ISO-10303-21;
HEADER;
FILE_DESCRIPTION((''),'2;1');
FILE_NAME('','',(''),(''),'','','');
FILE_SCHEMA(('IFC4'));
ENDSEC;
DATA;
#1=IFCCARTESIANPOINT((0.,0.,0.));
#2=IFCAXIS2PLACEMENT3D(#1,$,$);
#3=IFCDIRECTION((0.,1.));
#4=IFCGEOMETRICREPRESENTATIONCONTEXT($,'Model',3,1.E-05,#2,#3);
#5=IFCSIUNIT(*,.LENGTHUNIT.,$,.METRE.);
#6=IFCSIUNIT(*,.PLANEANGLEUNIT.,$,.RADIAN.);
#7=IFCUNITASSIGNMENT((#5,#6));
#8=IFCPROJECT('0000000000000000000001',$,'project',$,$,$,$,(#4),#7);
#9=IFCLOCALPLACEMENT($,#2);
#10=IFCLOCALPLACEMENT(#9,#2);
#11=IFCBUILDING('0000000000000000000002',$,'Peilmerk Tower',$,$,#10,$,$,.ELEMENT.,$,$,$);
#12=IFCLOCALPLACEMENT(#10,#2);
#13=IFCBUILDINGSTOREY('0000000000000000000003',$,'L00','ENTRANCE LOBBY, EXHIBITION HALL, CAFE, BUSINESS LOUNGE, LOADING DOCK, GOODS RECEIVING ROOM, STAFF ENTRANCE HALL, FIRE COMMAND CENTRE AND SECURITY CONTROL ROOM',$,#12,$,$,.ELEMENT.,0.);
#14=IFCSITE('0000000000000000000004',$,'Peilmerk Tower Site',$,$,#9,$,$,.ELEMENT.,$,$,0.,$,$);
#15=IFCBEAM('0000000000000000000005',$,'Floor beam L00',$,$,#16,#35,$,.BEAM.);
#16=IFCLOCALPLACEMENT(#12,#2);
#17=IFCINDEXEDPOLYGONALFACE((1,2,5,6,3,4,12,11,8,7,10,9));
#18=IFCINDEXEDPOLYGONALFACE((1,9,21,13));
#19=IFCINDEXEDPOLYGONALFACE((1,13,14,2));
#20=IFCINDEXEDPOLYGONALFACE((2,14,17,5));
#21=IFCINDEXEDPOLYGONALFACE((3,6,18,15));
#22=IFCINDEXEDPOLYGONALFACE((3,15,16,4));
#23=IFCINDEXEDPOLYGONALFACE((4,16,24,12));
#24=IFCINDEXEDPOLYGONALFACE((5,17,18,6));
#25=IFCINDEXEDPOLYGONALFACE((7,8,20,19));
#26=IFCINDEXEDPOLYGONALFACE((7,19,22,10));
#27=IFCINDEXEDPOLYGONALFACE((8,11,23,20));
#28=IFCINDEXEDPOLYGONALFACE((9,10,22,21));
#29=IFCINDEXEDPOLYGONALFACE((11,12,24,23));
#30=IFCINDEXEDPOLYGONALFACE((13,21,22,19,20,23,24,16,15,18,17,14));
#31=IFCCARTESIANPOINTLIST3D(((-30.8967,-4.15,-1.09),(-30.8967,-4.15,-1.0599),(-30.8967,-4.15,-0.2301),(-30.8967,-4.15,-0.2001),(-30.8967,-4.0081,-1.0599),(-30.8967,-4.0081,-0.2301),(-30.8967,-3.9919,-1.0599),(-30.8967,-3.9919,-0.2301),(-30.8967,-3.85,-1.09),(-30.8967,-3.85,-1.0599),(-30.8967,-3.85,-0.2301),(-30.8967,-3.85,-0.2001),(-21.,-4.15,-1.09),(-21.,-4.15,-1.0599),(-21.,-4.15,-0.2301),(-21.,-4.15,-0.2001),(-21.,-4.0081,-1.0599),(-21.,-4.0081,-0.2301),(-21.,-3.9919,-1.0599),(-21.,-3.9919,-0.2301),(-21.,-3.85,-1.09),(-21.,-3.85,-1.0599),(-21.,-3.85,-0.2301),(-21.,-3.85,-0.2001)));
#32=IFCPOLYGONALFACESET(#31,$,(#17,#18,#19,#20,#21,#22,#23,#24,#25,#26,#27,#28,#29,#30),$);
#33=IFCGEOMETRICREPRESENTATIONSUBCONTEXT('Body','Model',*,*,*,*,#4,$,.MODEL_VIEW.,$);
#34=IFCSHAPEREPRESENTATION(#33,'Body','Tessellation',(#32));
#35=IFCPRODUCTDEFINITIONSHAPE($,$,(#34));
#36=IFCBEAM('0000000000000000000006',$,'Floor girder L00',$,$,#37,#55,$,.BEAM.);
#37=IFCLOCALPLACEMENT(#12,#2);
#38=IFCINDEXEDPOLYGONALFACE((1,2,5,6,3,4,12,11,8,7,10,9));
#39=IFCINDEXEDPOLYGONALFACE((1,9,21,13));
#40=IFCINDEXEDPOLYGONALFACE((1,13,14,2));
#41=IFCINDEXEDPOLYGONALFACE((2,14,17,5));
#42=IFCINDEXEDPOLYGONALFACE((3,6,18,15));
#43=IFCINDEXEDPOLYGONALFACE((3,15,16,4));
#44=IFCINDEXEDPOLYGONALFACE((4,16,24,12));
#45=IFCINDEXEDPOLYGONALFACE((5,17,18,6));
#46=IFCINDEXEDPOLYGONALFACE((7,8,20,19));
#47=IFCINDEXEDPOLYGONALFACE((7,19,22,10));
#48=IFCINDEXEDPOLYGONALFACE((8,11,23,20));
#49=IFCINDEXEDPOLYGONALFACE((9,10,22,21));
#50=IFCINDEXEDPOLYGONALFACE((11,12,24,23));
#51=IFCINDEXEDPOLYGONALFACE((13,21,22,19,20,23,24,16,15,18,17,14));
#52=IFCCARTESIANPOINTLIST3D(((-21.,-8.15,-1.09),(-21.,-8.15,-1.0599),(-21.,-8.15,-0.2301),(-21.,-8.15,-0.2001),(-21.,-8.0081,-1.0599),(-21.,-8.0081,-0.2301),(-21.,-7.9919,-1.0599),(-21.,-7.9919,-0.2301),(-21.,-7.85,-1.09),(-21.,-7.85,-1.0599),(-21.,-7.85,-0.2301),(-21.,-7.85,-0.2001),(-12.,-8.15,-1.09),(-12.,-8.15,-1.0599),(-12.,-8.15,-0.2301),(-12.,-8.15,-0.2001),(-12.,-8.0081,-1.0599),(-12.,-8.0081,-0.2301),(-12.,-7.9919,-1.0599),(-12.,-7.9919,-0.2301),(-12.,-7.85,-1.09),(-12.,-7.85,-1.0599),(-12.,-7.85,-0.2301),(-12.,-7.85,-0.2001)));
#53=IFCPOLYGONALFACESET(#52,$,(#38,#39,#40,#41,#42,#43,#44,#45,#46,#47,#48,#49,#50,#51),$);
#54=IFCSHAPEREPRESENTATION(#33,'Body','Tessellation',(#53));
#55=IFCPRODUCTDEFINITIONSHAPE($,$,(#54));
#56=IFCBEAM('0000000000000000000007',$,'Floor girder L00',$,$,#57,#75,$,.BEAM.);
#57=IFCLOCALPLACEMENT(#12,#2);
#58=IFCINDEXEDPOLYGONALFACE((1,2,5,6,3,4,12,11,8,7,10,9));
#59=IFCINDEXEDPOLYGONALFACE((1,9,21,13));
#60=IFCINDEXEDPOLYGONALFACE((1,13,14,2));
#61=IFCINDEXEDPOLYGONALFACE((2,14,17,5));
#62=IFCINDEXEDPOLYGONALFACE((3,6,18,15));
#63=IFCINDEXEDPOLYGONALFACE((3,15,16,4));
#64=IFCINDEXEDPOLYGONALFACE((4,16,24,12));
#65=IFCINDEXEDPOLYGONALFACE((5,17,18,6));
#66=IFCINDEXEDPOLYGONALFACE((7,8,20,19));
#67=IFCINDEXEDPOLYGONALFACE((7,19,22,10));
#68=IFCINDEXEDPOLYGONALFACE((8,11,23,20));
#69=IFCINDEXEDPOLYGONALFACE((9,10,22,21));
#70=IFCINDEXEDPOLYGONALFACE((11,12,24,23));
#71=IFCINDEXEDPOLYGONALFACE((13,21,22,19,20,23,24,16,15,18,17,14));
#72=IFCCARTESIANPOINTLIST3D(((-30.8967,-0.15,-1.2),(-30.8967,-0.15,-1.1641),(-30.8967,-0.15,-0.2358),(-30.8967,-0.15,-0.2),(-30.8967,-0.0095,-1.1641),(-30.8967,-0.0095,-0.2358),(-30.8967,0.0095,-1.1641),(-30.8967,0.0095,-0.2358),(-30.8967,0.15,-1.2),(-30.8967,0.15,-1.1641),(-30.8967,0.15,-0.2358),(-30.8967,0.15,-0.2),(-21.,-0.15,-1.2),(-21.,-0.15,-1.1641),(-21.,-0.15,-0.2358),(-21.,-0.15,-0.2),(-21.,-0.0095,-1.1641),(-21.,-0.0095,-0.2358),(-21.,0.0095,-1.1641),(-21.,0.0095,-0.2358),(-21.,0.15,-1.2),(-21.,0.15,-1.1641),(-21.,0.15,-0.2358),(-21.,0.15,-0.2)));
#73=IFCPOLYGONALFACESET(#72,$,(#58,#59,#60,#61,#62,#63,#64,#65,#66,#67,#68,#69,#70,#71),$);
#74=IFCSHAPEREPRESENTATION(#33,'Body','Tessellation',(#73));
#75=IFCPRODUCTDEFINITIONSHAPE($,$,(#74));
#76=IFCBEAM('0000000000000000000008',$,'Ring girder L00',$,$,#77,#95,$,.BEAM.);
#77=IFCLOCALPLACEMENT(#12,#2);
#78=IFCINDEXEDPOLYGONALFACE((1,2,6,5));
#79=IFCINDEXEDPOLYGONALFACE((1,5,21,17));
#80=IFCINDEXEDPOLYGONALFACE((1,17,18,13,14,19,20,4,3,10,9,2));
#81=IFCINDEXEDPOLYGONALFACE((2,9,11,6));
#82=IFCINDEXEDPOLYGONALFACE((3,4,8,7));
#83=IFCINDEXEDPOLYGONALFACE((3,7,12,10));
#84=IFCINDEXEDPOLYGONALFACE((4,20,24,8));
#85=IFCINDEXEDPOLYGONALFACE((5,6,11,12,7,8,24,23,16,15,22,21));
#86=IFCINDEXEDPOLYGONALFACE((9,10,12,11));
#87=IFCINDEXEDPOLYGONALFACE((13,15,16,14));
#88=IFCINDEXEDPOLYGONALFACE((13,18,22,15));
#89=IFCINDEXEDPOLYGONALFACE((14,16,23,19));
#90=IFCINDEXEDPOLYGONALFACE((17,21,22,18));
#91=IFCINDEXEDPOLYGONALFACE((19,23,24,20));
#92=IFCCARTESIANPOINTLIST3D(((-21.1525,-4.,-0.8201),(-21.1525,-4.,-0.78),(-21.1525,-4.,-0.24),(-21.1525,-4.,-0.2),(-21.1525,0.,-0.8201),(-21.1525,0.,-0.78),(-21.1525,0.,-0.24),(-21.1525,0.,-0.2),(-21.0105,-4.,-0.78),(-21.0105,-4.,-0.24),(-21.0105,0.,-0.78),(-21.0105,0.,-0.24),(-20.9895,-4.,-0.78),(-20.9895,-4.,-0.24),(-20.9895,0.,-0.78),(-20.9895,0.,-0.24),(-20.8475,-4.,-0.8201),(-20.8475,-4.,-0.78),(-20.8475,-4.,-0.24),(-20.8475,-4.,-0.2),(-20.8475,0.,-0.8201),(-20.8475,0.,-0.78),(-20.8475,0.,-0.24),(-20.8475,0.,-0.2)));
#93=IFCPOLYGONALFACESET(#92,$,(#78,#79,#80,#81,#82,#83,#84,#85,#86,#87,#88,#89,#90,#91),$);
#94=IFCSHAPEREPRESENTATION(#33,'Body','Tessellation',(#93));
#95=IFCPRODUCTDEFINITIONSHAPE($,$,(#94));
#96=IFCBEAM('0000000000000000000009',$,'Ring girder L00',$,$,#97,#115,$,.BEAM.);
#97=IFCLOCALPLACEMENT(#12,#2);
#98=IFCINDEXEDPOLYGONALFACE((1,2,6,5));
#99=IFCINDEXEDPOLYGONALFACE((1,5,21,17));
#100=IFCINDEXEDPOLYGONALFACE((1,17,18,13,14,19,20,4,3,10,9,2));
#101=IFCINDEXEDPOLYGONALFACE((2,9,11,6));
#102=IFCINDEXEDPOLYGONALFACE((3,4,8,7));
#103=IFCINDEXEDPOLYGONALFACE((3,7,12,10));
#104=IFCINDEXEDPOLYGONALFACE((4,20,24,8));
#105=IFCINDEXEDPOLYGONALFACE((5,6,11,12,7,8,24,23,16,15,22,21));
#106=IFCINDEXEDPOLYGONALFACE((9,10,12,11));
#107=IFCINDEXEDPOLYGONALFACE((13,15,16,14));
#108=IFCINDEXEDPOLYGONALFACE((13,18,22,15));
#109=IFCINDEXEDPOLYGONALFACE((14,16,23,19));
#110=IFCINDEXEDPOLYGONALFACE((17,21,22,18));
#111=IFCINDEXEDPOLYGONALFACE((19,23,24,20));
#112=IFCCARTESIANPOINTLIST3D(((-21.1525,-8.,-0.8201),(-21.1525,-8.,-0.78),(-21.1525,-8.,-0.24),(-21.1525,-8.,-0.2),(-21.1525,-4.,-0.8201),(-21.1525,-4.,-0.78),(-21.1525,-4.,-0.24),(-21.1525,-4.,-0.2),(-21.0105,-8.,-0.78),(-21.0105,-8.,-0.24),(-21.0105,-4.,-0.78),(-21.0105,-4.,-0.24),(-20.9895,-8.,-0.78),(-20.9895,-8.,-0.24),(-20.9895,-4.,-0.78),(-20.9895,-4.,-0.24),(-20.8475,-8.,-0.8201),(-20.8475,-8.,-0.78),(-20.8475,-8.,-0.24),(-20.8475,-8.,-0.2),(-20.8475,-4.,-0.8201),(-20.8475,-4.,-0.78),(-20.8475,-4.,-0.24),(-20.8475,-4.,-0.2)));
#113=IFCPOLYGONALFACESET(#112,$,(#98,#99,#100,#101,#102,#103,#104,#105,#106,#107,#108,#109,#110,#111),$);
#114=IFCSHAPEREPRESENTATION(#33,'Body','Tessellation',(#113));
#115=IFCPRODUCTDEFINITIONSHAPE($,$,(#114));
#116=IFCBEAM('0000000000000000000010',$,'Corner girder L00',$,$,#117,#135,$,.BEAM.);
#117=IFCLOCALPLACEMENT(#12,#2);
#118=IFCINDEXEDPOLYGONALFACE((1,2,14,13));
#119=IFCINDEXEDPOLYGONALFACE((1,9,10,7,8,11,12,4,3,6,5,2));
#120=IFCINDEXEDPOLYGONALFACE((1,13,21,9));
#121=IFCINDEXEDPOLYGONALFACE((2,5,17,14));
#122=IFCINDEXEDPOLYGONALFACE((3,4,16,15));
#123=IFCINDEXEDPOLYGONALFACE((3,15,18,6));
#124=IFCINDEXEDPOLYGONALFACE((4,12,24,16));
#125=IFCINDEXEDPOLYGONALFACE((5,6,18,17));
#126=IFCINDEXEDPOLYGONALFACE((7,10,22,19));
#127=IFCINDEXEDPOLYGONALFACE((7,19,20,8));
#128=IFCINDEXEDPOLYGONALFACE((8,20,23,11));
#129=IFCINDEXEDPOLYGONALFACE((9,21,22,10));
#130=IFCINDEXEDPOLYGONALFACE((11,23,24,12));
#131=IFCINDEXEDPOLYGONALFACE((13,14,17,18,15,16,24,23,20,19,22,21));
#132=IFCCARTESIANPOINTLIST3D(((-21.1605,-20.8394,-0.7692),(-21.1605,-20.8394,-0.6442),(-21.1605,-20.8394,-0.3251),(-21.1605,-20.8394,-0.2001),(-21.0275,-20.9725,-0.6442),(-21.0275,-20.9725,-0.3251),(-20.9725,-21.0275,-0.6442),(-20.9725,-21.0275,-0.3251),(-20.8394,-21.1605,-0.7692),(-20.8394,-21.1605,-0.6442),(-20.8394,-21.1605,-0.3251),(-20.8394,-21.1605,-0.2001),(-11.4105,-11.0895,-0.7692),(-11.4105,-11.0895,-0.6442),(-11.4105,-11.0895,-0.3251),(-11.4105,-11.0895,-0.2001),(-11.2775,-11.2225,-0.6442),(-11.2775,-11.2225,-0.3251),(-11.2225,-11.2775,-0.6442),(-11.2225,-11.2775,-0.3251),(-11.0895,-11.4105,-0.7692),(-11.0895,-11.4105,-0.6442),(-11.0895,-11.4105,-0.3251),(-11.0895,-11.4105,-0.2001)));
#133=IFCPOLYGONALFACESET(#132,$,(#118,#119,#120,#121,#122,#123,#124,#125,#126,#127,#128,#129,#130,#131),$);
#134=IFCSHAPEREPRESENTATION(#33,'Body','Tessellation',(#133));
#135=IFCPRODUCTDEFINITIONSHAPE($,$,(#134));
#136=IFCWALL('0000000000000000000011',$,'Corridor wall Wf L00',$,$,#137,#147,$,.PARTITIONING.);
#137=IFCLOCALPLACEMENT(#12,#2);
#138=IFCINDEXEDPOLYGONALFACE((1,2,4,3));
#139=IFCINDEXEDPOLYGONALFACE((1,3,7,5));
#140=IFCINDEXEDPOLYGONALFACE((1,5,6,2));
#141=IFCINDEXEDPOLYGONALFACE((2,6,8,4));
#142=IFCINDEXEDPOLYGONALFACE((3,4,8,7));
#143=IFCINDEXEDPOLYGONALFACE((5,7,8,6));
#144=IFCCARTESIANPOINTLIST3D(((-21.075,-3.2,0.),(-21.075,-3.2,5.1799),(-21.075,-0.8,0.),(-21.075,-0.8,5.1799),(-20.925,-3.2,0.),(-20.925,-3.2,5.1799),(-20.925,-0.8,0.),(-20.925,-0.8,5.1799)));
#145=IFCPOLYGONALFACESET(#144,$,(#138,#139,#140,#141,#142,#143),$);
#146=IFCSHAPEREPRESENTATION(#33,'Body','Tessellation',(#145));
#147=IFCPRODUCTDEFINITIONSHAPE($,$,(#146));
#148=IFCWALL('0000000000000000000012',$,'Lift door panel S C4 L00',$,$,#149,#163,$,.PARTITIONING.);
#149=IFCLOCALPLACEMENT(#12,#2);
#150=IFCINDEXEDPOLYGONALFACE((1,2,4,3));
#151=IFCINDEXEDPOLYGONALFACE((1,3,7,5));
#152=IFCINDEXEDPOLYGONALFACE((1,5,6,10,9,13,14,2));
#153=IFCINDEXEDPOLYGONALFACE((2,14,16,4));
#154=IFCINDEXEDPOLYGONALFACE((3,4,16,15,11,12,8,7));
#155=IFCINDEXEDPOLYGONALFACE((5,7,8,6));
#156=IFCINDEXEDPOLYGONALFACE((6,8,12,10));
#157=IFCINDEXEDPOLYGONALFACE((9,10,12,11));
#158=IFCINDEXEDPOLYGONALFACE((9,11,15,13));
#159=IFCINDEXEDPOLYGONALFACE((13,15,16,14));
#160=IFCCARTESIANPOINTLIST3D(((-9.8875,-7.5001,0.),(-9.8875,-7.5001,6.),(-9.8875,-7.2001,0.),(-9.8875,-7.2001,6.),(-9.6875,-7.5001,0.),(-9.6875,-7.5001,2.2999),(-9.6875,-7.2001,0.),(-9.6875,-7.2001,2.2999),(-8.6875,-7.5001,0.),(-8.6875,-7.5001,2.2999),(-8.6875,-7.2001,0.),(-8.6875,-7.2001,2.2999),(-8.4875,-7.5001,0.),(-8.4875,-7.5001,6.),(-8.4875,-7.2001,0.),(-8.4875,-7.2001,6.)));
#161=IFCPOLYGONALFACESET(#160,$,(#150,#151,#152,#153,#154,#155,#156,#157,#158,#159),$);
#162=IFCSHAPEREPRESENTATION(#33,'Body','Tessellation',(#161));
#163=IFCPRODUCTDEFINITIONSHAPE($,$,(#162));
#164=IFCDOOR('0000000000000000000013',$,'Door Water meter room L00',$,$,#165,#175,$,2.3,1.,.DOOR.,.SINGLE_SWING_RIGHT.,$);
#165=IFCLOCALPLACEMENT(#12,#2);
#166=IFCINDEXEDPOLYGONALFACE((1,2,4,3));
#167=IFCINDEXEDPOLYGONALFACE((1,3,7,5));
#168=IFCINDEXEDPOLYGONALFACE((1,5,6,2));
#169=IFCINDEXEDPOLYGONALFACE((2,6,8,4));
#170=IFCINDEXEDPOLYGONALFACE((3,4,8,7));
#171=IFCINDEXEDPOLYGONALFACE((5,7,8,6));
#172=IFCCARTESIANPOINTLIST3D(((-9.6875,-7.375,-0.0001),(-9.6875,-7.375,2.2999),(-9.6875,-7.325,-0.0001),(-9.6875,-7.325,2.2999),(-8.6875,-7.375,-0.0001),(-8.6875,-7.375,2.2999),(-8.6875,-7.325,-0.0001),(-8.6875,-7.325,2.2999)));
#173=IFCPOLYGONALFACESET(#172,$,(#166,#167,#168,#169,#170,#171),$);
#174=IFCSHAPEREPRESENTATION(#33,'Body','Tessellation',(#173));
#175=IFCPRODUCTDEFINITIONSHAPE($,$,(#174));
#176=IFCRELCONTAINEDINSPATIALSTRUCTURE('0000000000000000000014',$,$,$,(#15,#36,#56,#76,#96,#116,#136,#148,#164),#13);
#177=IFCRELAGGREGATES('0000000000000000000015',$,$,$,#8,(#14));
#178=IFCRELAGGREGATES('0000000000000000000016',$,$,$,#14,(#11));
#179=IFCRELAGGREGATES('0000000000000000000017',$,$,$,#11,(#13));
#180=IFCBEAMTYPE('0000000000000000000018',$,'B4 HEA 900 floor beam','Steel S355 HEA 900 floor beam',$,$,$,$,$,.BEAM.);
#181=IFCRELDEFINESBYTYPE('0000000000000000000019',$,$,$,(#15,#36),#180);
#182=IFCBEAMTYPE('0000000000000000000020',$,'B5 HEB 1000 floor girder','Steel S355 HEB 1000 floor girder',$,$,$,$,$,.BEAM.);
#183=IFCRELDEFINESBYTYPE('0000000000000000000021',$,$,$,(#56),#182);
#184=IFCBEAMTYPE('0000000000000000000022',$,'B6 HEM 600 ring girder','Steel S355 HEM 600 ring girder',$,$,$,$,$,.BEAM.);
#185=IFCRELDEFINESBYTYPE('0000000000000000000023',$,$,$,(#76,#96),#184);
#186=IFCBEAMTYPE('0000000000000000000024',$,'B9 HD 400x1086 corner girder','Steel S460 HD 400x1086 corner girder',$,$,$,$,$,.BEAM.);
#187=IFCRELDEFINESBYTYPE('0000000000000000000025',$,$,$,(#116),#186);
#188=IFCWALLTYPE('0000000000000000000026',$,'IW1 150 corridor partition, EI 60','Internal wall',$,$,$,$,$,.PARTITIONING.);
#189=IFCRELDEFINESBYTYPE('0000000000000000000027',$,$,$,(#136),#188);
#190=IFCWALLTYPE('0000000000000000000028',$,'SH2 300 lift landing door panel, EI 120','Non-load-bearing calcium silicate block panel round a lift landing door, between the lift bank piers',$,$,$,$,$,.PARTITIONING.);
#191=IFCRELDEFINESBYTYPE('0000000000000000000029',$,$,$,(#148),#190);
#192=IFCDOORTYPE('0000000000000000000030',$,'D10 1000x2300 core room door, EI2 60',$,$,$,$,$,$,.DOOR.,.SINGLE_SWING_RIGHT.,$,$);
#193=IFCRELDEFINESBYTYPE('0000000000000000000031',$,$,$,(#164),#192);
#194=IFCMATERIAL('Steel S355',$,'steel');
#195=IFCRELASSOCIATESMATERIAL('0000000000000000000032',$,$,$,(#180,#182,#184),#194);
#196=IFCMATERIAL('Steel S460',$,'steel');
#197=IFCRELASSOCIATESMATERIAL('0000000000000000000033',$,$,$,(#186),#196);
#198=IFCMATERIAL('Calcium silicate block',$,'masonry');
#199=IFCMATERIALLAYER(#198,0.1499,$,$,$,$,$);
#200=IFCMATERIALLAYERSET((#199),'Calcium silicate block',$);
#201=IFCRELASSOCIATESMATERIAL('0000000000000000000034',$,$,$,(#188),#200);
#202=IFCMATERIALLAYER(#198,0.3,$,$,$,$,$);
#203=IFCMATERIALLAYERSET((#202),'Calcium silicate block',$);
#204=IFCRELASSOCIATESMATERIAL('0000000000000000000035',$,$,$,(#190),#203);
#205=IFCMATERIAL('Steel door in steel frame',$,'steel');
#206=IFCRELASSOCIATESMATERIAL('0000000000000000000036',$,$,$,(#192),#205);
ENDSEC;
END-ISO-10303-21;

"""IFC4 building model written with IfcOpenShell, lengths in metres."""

from ifc_helpers import new_model, si_unit, direction, frame, frame_2d, origin, origin_2d, place, context, subcontext, project, spatial, rectangle, i_section, extrude, material, layer, layer_set, material_profile, profile_set, type_object, element, fill, save


model = new_model("IFC4")

# Units and contexts
model_context = context("Model", 3, precision=1e-05, world=origin(), true_north=direction((0.0, 1.0)))
body_context = subcontext(model_context, "Body", "Model", "MODEL_VIEW")
ifc_project = project(units=[si_unit("LENGTHUNIT", "METRE"), si_unit("PLANEANGLEUNIT", "RADIAN")], contexts=[model_context])

# Site, building, storey
site_placement = place(None, origin())
site = spatial("IfcSite", under=ifc_project, at=site_placement, Name="Peilmerk Tower Site", CompositionType="ELEMENT", RefElevation=0.0)
building_placement = place(site_placement, origin())
building = spatial("IfcBuilding", under=site, at=building_placement, Name="Peilmerk Tower", CompositionType="ELEMENT")
storey_placement = place(building_placement, origin())
storey = spatial("IfcBuildingStorey", under=building, at=storey_placement, Name="L00", Description="ENTRANCE LOBBY, EXHIBITION HALL, CAFE, BUSINESS LOUNGE, LOADING DOCK, GOODS RECEIVING ROOM, STAFF ENTRANCE HALL, FIRE COMMAND CENTRE AND SECURITY CONTROL ROOM", CompositionType="ELEMENT", Elevation=0.0)

# Beams
ifc_material_1 = material(Name="Steel S355", Category="steel")
ifc_material_profile_1 = material_profile(ifc_material_1, i_section(OverallWidth=0.3, OverallDepth=0.8899, WebThickness=0.0161, FlangeThickness=0.03, at=origin_2d()), Name="HEA 900")
ifc_profile_set_1 = profile_set([ifc_material_profile_1], Name="Steel S355")
beam_type_1 = type_object("IfcBeamType", Name="B4 HEA 900 floor beam", Description="Steel S355 HEA 900 floor beam", PredefinedType="BEAM", material=ifc_profile_set_1)
beam_1_placement = place(storey_placement, frame((-21.0, -4.0, -0.645), z_axis=(-1.0, 0.0, 0.0), x_axis=(0.0, -1.0, 0.0)))
element("IfcBeam", 1, at=beam_1_placement, inside=storey, type_object=beam_type_1, Name="Floor beam L00", PredefinedType="BEAM", context=body_context, shape_type="SweptSolid", body=[
    extrude(i_section(OverallWidth=0.3, OverallDepth=0.8899, WebThickness=0.0161, FlangeThickness=0.03, at=origin_2d()), origin(), (0.0, 0.0, 1.0), 9.8967),
])
beam_2_placement = place(storey_placement, frame((-12.0, -8.0, -0.645), z_axis=(-1.0, 0.0, 0.0), x_axis=(0.0, -1.0, 0.0)))
element("IfcBeam", 2, at=beam_2_placement, inside=storey, type_object=beam_type_1, Name="Floor girder L00", PredefinedType="BEAM", context=body_context, shape_type="SweptSolid", body=[
    extrude(i_section(OverallWidth=0.3, OverallDepth=0.8899, WebThickness=0.0161, FlangeThickness=0.03, at=origin_2d()), origin(), (0.0, 0.0, 1.0), 9.0),
])
ifc_material_profile_2 = material_profile(ifc_material_1, i_section(OverallWidth=0.3, OverallDepth=1.0, WebThickness=0.019, FlangeThickness=0.0359, at=origin_2d()), Name="HEB 1000")
ifc_profile_set_2 = profile_set([ifc_material_profile_2], Name="Steel S355")
beam_type_2 = type_object("IfcBeamType", Name="B5 HEB 1000 floor girder", Description="Steel S355 HEB 1000 floor girder", PredefinedType="BEAM", material=ifc_profile_set_2)
beam_3_placement = place(storey_placement, frame((-21.0, 0.0, -0.7), z_axis=(-1.0, 0.0, 0.0), x_axis=(0.0, -1.0, 0.0)))
element("IfcBeam", 3, at=beam_3_placement, inside=storey, type_object=beam_type_2, Name="Floor girder L00", PredefinedType="BEAM", context=body_context, shape_type="SweptSolid", body=[
    extrude(i_section(OverallWidth=0.3, OverallDepth=1.0, WebThickness=0.019, FlangeThickness=0.0359, at=origin_2d()), origin(), (0.0, 0.0, 1.0), 9.8967),
])
ifc_material_profile_3 = material_profile(ifc_material_1, i_section(OverallWidth=0.3049, OverallDepth=0.6201, WebThickness=0.021, FlangeThickness=0.04, at=origin_2d()), Name="HEM 600")
ifc_profile_set_3 = profile_set([ifc_material_profile_3], Name="Steel S355")
beam_type_3 = type_object("IfcBeamType", Name="B6 HEM 600 ring girder", Description="Steel S355 HEM 600 ring girder", PredefinedType="BEAM", material=ifc_profile_set_3)
for number, where, z_axis, x_axis, name in (
    (4, (-21.0, 0.0, -0.51), (0.0, -1.0, 0.0), (1.0, 0.0, 0.0), "Ring girder L00"),
    (5, (-21.0, -4.0, -0.51), (0.0, -1.0, 0.0), (1.0, 0.0, 0.0), "Ring girder L00"),
):
    element("IfcBeam", number, at=place(storey_placement, frame(where, z_axis=z_axis, x_axis=x_axis)), inside=storey, type_object=beam_type_3, Name=name, PredefinedType="BEAM", context=body_context, shape_type="SweptSolid", body=[
        extrude(i_section(OverallWidth=0.3049, OverallDepth=0.6201, WebThickness=0.021, FlangeThickness=0.04, at=origin_2d()), origin(), (0.0, 0.0, 1.0), 4.0),
    ])
ifc_material_2 = material(Name="Steel S460", Category="steel")
ifc_material_profile_4 = material_profile(ifc_material_2, i_section(OverallWidth=0.4541, OverallDepth=0.5691, WebThickness=0.0779, FlangeThickness=0.125, at=origin_2d()), Name="HD 400x1086")
ifc_profile_set_4 = profile_set([ifc_material_profile_4], Name="Steel S460")
beam_type_4 = type_object("IfcBeamType", Name="B9 HD 400x1086 corner girder", Description="Steel S460 HD 400x1086 corner girder", PredefinedType="BEAM", material=ifc_profile_set_4)
beam_4_placement = place(storey_placement, frame((-11.25, -11.25, -0.4846), z_axis=(-0.707107, -0.707107, 0.0), x_axis=(0.707107, -0.707107, 0.0)))
element("IfcBeam", 6, at=beam_4_placement, inside=storey, type_object=beam_type_4, Name="Corner girder L00", PredefinedType="BEAM", context=body_context, shape_type="SweptSolid", body=[
    extrude(i_section(OverallWidth=0.4541, OverallDepth=0.5691, WebThickness=0.0779, FlangeThickness=0.125, at=origin_2d()), origin(), (0.0, 0.0, 1.0), 13.7886),
])

# Wall
ifc_material_3 = material(Name="Calcium silicate block", Category="masonry")
ifc_layer_1 = layer(ifc_material_3, 0.1499)
ifc_layer_set_1 = layer_set([ifc_layer_1], Name="Calcium silicate block")
wall_type_1 = type_object("IfcWallType", Name="IW1 150 corridor partition, EI 60", Description="Internal wall", PredefinedType="PARTITIONING", material=ifc_layer_set_1)
wall_1_placement = place(storey_placement, frame((-21.0, -0.8, 0.0), z_axis=(0.0, 0.0, 1.0), x_axis=(0.0, -1.0, 0.0)))
element("IfcWall", 7, at=wall_1_placement, inside=storey, type_object=wall_type_1, Name="Corridor wall Wf L00", PredefinedType="PARTITIONING", context=body_context, shape_type="SweptSolid", body=[
    extrude(rectangle(XDim=2.3999, YDim=0.1499, at=frame_2d((1.2, 0.0))), origin(), (0.0, 0.0, 1.0), 5.1799),
])

# Wall, opening, door
ifc_layer_2 = layer(ifc_material_3, 0.3)
ifc_layer_set_2 = layer_set([ifc_layer_2], Name="Calcium silicate block")
wall_type_2 = type_object("IfcWallType", Name="SH2 300 lift landing door panel, EI 120", Description="Non-load-bearing calcium silicate block panel round a lift landing door, between the lift bank piers", PredefinedType="PARTITIONING", material=ifc_layer_set_2)
wall_2_placement = place(storey_placement, frame((-9.8875, -7.3501, 0.0), z_axis=(0.0, 0.0, 1.0), x_axis=(1.0, 0.0, 0.0)))
wall_2 = element("IfcWall", 8, at=wall_2_placement, inside=storey, type_object=wall_type_2, Name="Lift door panel S C4 L00", PredefinedType="PARTITIONING", context=body_context, shape_type="SweptSolid", body=[
    extrude(rectangle(XDim=1.3999, YDim=0.3, at=frame_2d((0.7, 0.0))), origin(), (0.0, 0.0, 1.0), 6.0),
])
opening_1_placement = place(wall_2_placement, frame((0.2, 0.0, 0.0)))
opening_1 = element("IfcOpeningElement", 9, at=opening_1_placement, cuts=wall_2, PredefinedType="OPENING", context=body_context, shape_type="SweptSolid", body=[
    extrude(rectangle(XDim=1.0, YDim=2.3, at=frame_2d((0.5, 1.1499))), frame((0.0, 0.1599, 0.0), z_axis=(0.0, -1.0, 0.0), x_axis=(1.0, 0.0, 0.0)), (0.0, 0.0, 1.0), 0.3201),
])
ifc_material_4 = material(Name="Steel door in steel frame", Category="steel")
door_type_1 = type_object("IfcDoorType", Name="D10 1000x2300 core room door, EI2 60", OperationType="SINGLE_SWING_RIGHT", PredefinedType="DOOR", material=ifc_material_4)
door_1_placement = place(opening_1_placement, frame((1.0, 0.0, 0.0), z_axis=(0.0, 0.0, 1.0), x_axis=(-1.0, 0.0, 0.0)))
door_1 = element("IfcDoor", 10, at=door_1_placement, inside=storey, type_object=door_type_1, Name="Door Water meter room L00", OperationType="SINGLE_SWING_RIGHT", OverallHeight=2.3, OverallWidth=1.0, PredefinedType="DOOR", context=body_context, shape_type="SweptSolid", body=[
    extrude(rectangle(XDim=1.0, YDim=2.3, at=frame_2d((0.5, 1.1499))), frame((0.0, 0.0249, 0.0), z_axis=(0.0, -1.0, 0.0), x_axis=(1.0, 0.0, 0.0)), (0.0, 0.0, 1.0), 0.05),
])
fill(opening_1, door_1)

save(model, "model.ifc")
